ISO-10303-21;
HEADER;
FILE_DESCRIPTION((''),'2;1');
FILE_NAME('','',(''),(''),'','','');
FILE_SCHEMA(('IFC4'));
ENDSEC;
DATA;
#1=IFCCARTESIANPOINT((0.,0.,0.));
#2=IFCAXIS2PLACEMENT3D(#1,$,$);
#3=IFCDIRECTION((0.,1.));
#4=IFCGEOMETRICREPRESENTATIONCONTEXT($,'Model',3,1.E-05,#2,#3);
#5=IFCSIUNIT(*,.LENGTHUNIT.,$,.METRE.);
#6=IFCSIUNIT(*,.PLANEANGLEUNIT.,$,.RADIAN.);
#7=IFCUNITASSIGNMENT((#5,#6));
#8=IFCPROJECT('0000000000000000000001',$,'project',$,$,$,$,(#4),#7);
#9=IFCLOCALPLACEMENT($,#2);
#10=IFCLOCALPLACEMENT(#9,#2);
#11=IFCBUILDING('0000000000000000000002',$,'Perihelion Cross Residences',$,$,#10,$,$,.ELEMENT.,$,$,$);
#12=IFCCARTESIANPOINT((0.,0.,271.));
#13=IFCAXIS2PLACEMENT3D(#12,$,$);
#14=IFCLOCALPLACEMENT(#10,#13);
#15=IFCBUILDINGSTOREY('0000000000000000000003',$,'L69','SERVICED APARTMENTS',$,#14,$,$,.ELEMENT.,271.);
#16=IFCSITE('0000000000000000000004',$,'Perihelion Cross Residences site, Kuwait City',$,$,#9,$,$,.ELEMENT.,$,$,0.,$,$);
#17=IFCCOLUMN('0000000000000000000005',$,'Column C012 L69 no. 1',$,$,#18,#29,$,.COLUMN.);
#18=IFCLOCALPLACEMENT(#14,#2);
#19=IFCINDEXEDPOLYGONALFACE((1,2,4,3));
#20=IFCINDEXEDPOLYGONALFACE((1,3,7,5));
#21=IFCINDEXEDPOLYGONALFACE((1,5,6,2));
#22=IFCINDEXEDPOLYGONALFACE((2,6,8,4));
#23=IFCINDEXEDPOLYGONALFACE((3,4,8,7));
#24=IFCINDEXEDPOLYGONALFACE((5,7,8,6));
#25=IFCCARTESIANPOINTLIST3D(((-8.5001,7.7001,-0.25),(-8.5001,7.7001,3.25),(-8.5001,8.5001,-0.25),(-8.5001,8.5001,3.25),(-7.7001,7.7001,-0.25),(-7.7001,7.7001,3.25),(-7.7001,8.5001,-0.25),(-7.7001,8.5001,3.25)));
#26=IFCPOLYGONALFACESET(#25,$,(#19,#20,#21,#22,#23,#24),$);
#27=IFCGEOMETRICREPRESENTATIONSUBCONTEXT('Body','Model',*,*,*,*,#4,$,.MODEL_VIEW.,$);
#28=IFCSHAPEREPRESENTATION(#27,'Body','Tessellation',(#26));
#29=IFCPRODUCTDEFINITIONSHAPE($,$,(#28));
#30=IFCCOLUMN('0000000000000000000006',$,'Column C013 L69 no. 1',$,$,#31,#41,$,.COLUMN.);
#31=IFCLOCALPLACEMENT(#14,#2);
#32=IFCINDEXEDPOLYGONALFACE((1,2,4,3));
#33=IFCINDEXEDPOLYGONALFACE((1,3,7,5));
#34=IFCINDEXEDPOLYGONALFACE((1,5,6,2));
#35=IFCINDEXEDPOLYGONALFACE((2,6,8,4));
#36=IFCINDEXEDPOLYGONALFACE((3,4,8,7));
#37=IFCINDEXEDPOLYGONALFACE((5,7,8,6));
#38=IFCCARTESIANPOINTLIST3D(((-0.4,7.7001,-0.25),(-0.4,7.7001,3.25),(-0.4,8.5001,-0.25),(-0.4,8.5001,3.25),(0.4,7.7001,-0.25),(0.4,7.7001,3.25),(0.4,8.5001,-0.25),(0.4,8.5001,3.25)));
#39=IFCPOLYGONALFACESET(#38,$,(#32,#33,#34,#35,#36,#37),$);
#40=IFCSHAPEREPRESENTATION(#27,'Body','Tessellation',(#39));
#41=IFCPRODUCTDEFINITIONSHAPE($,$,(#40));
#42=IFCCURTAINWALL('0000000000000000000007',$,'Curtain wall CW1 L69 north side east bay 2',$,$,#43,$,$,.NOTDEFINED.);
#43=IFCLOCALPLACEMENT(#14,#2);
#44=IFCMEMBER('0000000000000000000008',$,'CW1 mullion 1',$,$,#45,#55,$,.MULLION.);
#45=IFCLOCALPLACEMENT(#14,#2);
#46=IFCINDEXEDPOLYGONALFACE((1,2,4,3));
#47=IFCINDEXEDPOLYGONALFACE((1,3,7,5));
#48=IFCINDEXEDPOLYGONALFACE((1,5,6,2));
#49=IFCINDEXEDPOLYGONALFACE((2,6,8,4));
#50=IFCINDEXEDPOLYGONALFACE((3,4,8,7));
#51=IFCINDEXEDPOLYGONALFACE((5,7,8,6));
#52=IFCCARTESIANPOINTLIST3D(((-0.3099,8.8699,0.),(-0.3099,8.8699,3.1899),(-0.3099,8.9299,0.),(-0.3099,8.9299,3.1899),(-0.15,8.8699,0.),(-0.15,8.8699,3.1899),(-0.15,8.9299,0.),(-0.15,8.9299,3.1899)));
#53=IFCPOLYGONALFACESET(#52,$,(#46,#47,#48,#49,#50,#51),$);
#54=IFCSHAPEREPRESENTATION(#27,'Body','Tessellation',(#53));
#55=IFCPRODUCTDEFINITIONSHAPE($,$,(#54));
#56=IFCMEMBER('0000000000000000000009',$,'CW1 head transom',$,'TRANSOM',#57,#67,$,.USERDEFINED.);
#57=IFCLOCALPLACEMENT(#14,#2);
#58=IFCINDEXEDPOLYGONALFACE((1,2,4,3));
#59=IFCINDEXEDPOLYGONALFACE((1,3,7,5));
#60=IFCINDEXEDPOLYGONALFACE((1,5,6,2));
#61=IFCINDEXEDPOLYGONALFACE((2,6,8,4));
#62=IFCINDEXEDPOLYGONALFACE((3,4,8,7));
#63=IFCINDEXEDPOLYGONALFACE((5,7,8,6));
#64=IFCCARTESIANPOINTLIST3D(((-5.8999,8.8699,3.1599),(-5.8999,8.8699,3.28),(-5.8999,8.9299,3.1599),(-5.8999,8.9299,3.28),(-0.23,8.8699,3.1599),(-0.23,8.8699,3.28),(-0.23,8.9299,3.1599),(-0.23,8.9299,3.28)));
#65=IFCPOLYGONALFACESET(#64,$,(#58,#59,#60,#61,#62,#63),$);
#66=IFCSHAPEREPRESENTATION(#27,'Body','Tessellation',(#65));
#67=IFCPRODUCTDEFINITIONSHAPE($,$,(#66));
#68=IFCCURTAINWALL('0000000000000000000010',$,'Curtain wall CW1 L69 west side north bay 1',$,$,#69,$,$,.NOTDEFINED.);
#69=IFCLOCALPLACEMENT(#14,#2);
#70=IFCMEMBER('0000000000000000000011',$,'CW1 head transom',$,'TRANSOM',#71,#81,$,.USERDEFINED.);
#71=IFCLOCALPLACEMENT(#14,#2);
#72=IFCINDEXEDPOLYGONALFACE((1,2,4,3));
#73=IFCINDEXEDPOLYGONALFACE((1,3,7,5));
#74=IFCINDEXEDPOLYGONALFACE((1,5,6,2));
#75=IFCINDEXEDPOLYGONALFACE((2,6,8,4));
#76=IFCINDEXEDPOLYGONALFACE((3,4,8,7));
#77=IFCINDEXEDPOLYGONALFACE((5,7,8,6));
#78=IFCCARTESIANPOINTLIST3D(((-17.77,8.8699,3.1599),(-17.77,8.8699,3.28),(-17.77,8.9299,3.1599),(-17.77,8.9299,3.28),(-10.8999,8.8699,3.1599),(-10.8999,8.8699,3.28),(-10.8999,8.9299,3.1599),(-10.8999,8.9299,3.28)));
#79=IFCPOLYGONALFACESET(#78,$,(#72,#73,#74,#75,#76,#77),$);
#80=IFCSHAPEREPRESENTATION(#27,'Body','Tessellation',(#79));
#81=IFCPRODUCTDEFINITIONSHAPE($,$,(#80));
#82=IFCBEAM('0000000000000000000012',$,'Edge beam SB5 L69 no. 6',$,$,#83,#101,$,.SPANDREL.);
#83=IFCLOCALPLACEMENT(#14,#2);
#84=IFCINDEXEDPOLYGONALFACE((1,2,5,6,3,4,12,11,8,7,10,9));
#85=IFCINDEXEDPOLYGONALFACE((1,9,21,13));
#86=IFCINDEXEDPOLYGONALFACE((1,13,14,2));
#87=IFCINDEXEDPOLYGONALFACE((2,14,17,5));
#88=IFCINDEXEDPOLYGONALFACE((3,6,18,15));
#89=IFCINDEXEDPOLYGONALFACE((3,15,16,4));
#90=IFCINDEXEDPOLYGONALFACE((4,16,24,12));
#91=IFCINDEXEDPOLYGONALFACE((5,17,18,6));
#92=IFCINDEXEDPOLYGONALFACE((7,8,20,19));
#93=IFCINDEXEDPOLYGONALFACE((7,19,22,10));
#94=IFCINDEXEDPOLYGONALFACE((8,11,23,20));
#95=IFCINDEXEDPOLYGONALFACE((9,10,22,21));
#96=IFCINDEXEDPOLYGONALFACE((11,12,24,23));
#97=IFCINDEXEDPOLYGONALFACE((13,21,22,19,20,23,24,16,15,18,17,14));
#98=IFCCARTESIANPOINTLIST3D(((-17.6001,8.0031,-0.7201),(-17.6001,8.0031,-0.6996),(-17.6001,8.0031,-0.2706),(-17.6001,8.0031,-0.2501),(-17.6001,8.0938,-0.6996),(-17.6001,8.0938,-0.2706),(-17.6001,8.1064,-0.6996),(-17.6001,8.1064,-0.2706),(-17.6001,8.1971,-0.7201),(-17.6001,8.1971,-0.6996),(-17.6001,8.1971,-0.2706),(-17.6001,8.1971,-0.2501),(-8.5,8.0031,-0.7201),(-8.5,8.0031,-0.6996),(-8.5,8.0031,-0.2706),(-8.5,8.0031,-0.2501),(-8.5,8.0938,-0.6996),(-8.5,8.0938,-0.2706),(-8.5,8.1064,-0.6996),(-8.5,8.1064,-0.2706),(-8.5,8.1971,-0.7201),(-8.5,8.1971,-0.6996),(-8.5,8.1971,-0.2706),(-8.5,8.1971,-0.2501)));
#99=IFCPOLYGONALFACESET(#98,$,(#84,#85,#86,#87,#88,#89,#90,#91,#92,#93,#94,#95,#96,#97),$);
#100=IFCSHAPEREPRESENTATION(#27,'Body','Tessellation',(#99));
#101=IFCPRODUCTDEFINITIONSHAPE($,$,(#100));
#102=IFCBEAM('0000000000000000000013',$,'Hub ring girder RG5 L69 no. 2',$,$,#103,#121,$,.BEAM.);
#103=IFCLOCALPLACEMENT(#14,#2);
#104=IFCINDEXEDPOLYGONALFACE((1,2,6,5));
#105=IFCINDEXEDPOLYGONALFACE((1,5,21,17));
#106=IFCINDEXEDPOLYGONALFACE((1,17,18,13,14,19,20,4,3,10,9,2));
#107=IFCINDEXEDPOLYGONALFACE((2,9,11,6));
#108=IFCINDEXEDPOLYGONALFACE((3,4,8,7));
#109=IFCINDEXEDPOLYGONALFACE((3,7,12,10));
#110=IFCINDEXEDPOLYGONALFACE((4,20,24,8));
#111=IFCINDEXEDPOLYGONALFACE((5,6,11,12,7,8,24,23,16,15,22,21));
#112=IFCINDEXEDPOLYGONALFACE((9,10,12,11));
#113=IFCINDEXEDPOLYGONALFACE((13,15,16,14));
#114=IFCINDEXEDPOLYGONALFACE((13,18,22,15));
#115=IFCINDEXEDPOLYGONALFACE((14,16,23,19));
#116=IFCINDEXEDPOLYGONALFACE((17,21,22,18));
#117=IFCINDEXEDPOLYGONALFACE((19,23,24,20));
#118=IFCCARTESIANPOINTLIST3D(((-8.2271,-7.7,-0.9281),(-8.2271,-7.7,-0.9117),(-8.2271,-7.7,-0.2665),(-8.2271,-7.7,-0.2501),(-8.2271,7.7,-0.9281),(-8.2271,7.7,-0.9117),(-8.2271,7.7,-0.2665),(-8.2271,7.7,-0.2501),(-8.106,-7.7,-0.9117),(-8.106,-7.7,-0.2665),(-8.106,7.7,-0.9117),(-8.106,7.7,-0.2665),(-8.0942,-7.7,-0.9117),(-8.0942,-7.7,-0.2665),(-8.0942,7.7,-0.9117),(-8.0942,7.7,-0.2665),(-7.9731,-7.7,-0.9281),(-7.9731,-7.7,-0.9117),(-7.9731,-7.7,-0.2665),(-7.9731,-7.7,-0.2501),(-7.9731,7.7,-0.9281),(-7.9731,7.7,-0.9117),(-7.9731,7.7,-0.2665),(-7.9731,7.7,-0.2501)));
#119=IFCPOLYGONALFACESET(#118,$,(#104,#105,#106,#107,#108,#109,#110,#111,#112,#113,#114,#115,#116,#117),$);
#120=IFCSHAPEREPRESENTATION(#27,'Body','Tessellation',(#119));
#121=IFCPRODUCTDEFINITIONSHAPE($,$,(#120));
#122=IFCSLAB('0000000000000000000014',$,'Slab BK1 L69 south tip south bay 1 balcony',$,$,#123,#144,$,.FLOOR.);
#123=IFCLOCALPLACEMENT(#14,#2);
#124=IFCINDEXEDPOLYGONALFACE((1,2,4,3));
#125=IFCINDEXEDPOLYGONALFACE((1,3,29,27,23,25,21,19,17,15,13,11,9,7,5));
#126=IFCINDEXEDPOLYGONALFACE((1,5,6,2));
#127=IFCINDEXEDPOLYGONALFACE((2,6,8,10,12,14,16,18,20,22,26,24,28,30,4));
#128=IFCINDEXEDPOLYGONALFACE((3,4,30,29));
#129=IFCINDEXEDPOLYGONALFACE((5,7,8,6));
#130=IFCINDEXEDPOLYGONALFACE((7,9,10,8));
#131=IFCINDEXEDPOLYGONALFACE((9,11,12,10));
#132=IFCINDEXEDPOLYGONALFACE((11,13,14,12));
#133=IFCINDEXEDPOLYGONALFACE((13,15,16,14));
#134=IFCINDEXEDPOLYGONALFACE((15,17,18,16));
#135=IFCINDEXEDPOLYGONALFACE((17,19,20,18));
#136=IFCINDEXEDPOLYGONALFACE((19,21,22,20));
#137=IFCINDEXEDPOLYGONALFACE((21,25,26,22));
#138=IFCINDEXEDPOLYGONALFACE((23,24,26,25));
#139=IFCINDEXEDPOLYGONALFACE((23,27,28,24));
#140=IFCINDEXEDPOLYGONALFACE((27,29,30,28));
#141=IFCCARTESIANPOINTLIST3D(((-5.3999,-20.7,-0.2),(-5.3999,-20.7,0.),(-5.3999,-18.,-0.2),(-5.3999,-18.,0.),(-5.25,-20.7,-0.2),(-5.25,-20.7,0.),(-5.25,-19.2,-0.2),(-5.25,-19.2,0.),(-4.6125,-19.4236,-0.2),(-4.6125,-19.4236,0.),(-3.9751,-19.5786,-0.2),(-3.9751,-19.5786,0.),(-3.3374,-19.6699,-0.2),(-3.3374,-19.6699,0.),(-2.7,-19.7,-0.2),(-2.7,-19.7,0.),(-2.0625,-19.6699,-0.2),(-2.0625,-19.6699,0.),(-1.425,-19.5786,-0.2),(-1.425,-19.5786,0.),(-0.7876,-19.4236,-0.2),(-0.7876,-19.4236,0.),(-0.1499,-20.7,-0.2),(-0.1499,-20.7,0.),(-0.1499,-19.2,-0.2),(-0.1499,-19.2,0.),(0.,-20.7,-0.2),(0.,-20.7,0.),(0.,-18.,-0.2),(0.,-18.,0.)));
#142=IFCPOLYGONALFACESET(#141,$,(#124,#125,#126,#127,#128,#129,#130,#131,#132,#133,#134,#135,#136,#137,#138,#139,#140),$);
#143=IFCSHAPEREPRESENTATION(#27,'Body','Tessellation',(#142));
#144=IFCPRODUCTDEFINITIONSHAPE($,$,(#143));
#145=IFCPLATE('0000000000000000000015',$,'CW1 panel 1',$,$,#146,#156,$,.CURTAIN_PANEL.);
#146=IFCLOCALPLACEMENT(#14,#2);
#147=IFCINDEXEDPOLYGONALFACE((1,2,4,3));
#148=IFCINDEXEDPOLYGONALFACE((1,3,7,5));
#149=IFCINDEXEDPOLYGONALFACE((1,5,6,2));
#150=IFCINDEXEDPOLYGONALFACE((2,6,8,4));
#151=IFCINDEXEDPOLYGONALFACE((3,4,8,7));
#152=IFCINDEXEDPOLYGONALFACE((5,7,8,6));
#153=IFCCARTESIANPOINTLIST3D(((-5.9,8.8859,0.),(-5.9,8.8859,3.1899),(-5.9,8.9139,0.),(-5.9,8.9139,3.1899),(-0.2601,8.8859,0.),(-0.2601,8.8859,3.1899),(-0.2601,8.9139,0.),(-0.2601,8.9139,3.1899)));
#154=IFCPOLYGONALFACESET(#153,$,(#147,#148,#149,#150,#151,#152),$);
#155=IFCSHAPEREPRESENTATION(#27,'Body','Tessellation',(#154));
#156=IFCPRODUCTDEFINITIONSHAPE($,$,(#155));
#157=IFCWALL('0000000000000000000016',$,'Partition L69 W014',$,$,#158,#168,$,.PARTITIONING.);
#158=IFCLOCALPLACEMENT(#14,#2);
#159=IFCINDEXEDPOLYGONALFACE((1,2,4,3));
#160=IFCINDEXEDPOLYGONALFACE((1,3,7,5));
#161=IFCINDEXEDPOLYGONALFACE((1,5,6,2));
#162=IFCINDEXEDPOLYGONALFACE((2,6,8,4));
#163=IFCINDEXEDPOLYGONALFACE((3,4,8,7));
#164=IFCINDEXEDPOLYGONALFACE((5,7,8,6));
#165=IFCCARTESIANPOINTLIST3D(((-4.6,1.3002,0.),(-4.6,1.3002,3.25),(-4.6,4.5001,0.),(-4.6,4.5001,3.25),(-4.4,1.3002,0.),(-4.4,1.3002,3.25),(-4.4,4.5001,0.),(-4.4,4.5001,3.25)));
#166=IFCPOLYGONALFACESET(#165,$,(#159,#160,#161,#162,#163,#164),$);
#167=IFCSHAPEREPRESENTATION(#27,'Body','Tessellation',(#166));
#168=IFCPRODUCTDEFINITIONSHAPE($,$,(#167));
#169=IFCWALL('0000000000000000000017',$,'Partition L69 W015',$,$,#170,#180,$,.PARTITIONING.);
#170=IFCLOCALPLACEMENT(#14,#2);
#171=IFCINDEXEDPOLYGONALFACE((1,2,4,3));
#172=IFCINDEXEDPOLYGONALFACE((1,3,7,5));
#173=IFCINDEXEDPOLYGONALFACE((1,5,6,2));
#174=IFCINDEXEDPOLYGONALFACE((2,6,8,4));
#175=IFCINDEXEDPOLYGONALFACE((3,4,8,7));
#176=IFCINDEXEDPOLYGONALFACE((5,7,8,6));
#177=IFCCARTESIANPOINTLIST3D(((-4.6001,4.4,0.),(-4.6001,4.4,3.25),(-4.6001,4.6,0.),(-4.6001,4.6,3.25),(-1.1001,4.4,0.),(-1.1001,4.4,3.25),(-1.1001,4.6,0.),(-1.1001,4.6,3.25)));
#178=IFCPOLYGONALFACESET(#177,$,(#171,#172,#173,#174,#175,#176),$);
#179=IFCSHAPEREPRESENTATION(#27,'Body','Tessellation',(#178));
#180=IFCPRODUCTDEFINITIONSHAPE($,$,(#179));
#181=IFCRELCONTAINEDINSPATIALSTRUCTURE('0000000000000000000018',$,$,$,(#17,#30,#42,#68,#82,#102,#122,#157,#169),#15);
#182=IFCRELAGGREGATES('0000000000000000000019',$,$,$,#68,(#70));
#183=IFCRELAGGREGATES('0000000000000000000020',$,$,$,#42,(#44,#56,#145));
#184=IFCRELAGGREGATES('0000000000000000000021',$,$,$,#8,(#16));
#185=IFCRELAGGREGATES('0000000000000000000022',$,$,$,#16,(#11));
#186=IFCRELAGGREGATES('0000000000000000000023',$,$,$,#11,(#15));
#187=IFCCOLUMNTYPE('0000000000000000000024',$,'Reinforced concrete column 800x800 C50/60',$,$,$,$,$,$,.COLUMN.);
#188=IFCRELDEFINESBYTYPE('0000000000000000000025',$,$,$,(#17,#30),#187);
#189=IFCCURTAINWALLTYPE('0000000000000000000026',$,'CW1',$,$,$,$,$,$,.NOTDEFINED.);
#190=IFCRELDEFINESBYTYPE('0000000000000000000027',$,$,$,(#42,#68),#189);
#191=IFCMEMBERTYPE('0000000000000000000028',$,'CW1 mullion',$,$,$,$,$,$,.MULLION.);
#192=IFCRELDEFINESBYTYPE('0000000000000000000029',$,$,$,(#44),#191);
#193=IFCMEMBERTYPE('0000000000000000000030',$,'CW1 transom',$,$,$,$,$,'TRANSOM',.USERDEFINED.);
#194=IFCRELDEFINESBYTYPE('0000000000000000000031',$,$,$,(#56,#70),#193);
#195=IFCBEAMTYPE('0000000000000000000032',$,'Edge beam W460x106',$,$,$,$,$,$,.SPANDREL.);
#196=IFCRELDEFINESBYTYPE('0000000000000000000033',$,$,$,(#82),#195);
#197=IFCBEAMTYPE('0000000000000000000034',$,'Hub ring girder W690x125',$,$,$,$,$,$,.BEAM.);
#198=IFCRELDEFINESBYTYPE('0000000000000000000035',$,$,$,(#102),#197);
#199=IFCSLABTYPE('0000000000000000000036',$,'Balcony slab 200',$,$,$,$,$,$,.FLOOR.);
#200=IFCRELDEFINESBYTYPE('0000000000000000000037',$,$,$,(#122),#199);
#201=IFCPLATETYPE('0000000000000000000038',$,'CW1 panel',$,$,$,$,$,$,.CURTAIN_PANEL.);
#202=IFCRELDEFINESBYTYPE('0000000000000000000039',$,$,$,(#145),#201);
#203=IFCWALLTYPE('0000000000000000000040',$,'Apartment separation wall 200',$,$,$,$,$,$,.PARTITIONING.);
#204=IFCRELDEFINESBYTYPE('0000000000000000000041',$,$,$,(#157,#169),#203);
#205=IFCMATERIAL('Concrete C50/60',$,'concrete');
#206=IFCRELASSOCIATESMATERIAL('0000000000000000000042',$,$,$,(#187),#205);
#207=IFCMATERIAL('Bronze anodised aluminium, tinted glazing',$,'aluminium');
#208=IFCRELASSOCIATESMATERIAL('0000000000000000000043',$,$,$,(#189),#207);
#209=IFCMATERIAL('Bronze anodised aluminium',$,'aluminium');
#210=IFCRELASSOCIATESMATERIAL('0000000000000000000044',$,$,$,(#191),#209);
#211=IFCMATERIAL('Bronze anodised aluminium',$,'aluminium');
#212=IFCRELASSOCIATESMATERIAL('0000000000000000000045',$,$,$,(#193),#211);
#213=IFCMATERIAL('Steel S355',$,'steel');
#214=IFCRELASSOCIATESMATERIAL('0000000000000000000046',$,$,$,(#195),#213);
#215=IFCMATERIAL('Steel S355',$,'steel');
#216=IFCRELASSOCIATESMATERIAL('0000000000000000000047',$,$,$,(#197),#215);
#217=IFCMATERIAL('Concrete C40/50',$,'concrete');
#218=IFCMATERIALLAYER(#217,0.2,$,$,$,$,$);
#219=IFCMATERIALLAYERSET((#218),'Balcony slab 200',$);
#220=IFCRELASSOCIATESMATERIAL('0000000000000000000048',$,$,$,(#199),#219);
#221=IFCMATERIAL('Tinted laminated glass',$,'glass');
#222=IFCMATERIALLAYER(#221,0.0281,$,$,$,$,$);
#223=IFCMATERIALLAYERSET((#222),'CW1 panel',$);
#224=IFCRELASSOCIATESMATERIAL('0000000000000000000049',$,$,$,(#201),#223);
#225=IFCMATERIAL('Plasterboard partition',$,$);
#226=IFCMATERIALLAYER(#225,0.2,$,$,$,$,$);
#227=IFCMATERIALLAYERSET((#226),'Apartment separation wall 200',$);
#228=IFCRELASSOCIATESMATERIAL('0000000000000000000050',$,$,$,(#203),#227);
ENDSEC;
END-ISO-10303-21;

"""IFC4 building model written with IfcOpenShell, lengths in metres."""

from ifc_helpers import new_model, si_unit, direction, frame, frame_2d, origin, origin_2d, place, context, subcontext, project, spatial, polyline, rectangle, i_section, outline, extrude, material, layer, layer_set, material_profile, profile_set, type_object, element, aggregate, save


model = new_model("IFC4")

# Units and contexts
model_context = context("Model", 3, precision=1e-05, world=origin(), true_north=direction((0.0, 1.0)))
body_context = subcontext(model_context, "Body", "Model", "MODEL_VIEW")
ifc_project = project(units=[si_unit("LENGTHUNIT", "METRE"), si_unit("PLANEANGLEUNIT", "RADIAN")], contexts=[model_context])

# Site, building, storey
site_placement = place(None, origin())
site = spatial("IfcSite", under=ifc_project, at=site_placement, Name="Perihelion Cross Residences site, Kuwait City", CompositionType="ELEMENT", RefElevation=0.0)
building_placement = place(site_placement, origin())
building = spatial("IfcBuilding", under=site, at=building_placement, Name="Perihelion Cross Residences", CompositionType="ELEMENT")
storey_placement = place(building_placement, frame((0.0, 0.0, 271.0)))
storey = spatial("IfcBuildingStorey", under=building, at=storey_placement, Name="L69", Description="SERVICED APARTMENTS", CompositionType="ELEMENT", Elevation=271.0)

# Columns
ifc_material_1 = material(Name="Concrete C50/60", Category="concrete")
ifc_material_profile_1 = material_profile(ifc_material_1, rectangle(XDim=0.8, YDim=0.8, at=origin_2d()), Name="RC 800x800")
ifc_profile_set_1 = profile_set([ifc_material_profile_1], Name="Concrete C50/60")
column_type = type_object("IfcColumnType", Name="Reinforced concrete column 800x800 C50/60", PredefinedType="COLUMN", material=ifc_profile_set_1)
for number, where, z_axis, x_axis, name in (
    (1, (-8.1001, 8.1001, -0.25), (0.0, 0.0, 1.0), (1.0, 0.0, 0.0), "Column C012 L69 no. 1"),
    (2, (0.0, 8.1001, -0.25), (0.0, 0.0, 1.0), (1.0, 0.0, 0.0), "Column C013 L69 no. 1"),
):
    element("IfcColumn", number, at=place(storey_placement, frame(where, z_axis=z_axis, x_axis=x_axis)), inside=storey, type_object=column_type, Name=name, PredefinedType="COLUMN", context=body_context, shape_type="SweptSolid", body=[
        extrude(rectangle(XDim=0.8, YDim=0.8, at=origin_2d()), origin(), (0.0, 0.0, 1.0), 3.5),
    ])

# Curtain wall, members
ifc_material_2 = material(Name="Bronze anodised aluminium, tinted glazing", Category="aluminium")
curtain_wall_type = type_object("IfcCurtainWallType", Name="CW1", PredefinedType="NOTDEFINED", material=ifc_material_2)
curtain_wall_1_placement = place(storey_placement, origin())
curtain_wall_1 = element("IfcCurtainWall", 3, at=curtain_wall_1_placement, inside=storey, type_object=curtain_wall_type, Name="Curtain wall CW1 L69 north side east bay 2", PredefinedType="NOTDEFINED")
ifc_material_3 = material(Name="Bronze anodised aluminium", Category="aluminium")
ifc_material_profile_2 = material_profile(ifc_material_3, rectangle(XDim=0.0601, YDim=0.1599, at=origin_2d()), Name="CW1 mullion")
ifc_profile_set_2 = profile_set([ifc_material_profile_2], Name="Bronze anodised aluminium")
member_type_1 = type_object("IfcMemberType", Name="CW1 mullion", PredefinedType="MULLION", material=ifc_profile_set_2)
member_1_placement = place(storey_placement, frame((-0.23, 8.8999, 0.0), z_axis=(0.0, 0.0, 1.0), x_axis=(0.0, -1.0, 0.0)))
member_1 = element("IfcMember", 4, at=member_1_placement, type_object=member_type_1, Name="CW1 mullion 1", PredefinedType="MULLION", context=body_context, shape_type="SweptSolid", body=[
    extrude(rectangle(XDim=0.0601, YDim=0.1599, at=origin_2d()), origin(), (0.0, 0.0, 1.0), 3.1899),
])
ifc_material_4 = material(Name="Bronze anodised aluminium", Category="aluminium")
ifc_material_profile_3 = material_profile(ifc_material_4, rectangle(XDim=0.0601, YDim=0.1201, at=origin_2d()), Name="CW1 transom")
ifc_profile_set_3 = profile_set([ifc_material_profile_3], Name="Bronze anodised aluminium")
member_type_2 = type_object("IfcMemberType", Name="CW1 transom", ElementType="TRANSOM", PredefinedType="USERDEFINED", material=ifc_profile_set_3)
member_2_placement = place(storey_placement, frame((-0.23, 8.8999, 3.22), z_axis=(-1.0, 0.0, 0.0), x_axis=(0.0, -1.0, 0.0)))
member_2 = element("IfcMember", 5, at=member_2_placement, type_object=member_type_2, Name="CW1 head transom", ObjectType="TRANSOM", PredefinedType="USERDEFINED", context=body_context, shape_type="SweptSolid", body=[
    extrude(rectangle(XDim=0.0601, YDim=0.1201, at=origin_2d()), origin(), (0.0, 0.0, 1.0), 5.6699),
])

# Curtain wall, member
curtain_wall_2_placement = place(storey_placement, origin())
curtain_wall_2 = element("IfcCurtainWall", 6, at=curtain_wall_2_placement, inside=storey, type_object=curtain_wall_type, Name="Curtain wall CW1 L69 west side north bay 1", PredefinedType="NOTDEFINED")
member_3_placement = place(storey_placement, frame((-10.8999, 8.8999, 3.22), z_axis=(-1.0, 0.0, 0.0), x_axis=(0.0, -1.0, 0.0)))
member_3 = element("IfcMember", 7, at=member_3_placement, type_object=member_type_2, Name="CW1 head transom", ObjectType="TRANSOM", PredefinedType="USERDEFINED", context=body_context, shape_type="SweptSolid", body=[
    extrude(rectangle(XDim=0.0601, YDim=0.1201, at=origin_2d()), origin(), (0.0, 0.0, 1.0), 6.8701),
])
aggregate(curtain_wall_2, [member_3])

# Beams
ifc_material_5 = material(Name="Steel S355", Category="steel")
ifc_material_profile_4 = material_profile(ifc_material_5, i_section(OverallWidth=0.1941, OverallDepth=0.47, WebThickness=0.0127, FlangeThickness=0.0205, at=origin_2d()), Name="W460x106")
ifc_profile_set_4 = profile_set([ifc_material_profile_4], Name="Steel S355")
beam_type_1 = type_object("IfcBeamType", Name="Edge beam W460x106", PredefinedType="SPANDREL", material=ifc_profile_set_4)
beam_1_placement = place(storey_placement, frame((-8.5, 8.1001, -0.4851), z_axis=(-1.0, 0.0, 0.0), x_axis=(0.0, -1.0, 0.0)))
element("IfcBeam", 8, at=beam_1_placement, inside=storey, type_object=beam_type_1, Name="Edge beam SB5 L69 no. 6", PredefinedType="SPANDREL", context=body_context, shape_type="SweptSolid", body=[
    extrude(i_section(OverallWidth=0.1941, OverallDepth=0.47, WebThickness=0.0127, FlangeThickness=0.0205, at=origin_2d()), origin(), (0.0, 0.0, 1.0), 9.1001),
])
ifc_material_6 = material(Name="Steel S355", Category="steel")
ifc_material_profile_5 = material_profile(ifc_material_6, i_section(OverallWidth=0.2539, OverallDepth=0.678, WebThickness=0.0117, FlangeThickness=0.0164, at=origin_2d()), Name="W690x125")
ifc_profile_set_5 = profile_set([ifc_material_profile_5], Name="Steel S355")
beam_type_2 = type_object("IfcBeamType", Name="Hub ring girder W690x125", PredefinedType="BEAM", material=ifc_profile_set_5)
beam_2_placement = place(storey_placement, frame((-8.1001, 7.7, -0.5891), z_axis=(0.0, -1.0, 0.0), x_axis=(1.0, 0.0, 0.0)))
element("IfcBeam", 9, at=beam_2_placement, inside=storey, type_object=beam_type_2, Name="Hub ring girder RG5 L69 no. 2", PredefinedType="BEAM", context=body_context, shape_type="SweptSolid", body=[
    extrude(i_section(OverallWidth=0.2539, OverallDepth=0.678, WebThickness=0.0117, FlangeThickness=0.0164, at=origin_2d()), origin(), (0.0, 0.0, 1.0), 15.3999),
])

# Slab
ifc_material_7 = material(Name="Concrete C40/50", Category="concrete")
ifc_layer_1 = layer(ifc_material_7, 0.2)
ifc_layer_set_1 = layer_set([ifc_layer_1], Name="Balcony slab 200")
slab_type = type_object("IfcSlabType", Name="Balcony slab 200", PredefinedType="FLOOR", material=ifc_layer_set_1)
slab_placement = place(storey_placement, frame((0.0, 0.0, -0.2)))
element("IfcSlab", 10, at=slab_placement, inside=storey, type_object=slab_type, Name="Slab BK1 L69 south tip south bay 1 balcony", PredefinedType="FLOOR", context=body_context, shape_type="SweptSolid", body=[
    extrude(outline(polyline([(-5.3999, -18.0), (0.0, -18.0), (0.0, -20.7), (-0.1499, -20.7), (-0.1499, -19.2), (-0.7876, -19.4236), (-1.425, -19.5786), (-2.0625, -19.6699), (-2.7, -19.7), (-3.3374, -19.6699), (-3.9751, -19.5786), (-4.6125, -19.4236), (-5.25, -19.2), (-5.25, -20.7), (-5.3999, -20.7), (-5.3999, -18.0)])), origin(), (0.0, 0.0, 1.0), 0.2),
])

# Plate
ifc_material_8 = material(Name="Tinted laminated glass", Category="glass")
ifc_layer_2 = layer(ifc_material_8, 0.0281)
ifc_layer_set_2 = layer_set([ifc_layer_2], Name="CW1 panel")
plate_type = type_object("IfcPlateType", Name="CW1 panel", PredefinedType="CURTAIN_PANEL", material=ifc_layer_set_2)
plate_placement = place(storey_placement, frame((-3.0801, 8.8999, 0.0), z_axis=(0.0, 0.0, 1.0), x_axis=(-1.0, 0.0, 0.0)))
plate = element("IfcPlate", 11, at=plate_placement, type_object=plate_type, Name="CW1 panel 1", PredefinedType="CURTAIN_PANEL", context=body_context, shape_type="SweptSolid", body=[
    extrude(rectangle(XDim=5.6399, YDim=0.0281, at=origin_2d()), origin(), (0.0, 0.0, 1.0), 3.1899),
])
aggregate(curtain_wall_1, [member_1, member_2, plate])

# Walls
ifc_material_9 = material(Name="Plasterboard partition")
ifc_layer_3 = layer(ifc_material_9, 0.2)
ifc_layer_set_3 = layer_set([ifc_layer_3], Name="Apartment separation wall 200")
wall_type_1 = type_object("IfcWallType", Name="Apartment separation wall 200", PredefinedType="PARTITIONING", material=ifc_layer_set_3)
wall_1_placement = place(storey_placement, frame((-4.5, 1.3, 0.0), z_axis=(0.0, 0.0, 1.0), x_axis=(0.0, 1.0, 0.0)))
element("IfcWall", 12, at=wall_1_placement, inside=storey, type_object=wall_type_1, Name="Partition L69 W014", PredefinedType="PARTITIONING", context=body_context, shape_type="SweptSolid", body=[
    extrude(rectangle(XDim=3.2, YDim=0.2, at=frame_2d((1.6001, 0.0))), origin(), (0.0, 0.0, 1.0), 3.25),
])
wall_2_placement = place(storey_placement, frame((-4.6001, 4.5, 0.0), z_axis=(0.0, 0.0, 1.0), x_axis=(1.0, 0.0, 0.0)))
element("IfcWall", 13, at=wall_2_placement, inside=storey, type_object=wall_type_1, Name="Partition L69 W015", PredefinedType="PARTITIONING", context=body_context, shape_type="SweptSolid", body=[
    extrude(rectangle(XDim=3.5, YDim=0.2, at=frame_2d((1.75, 0.0))), origin(), (0.0, 0.0, 1.0), 3.25),
])

save(model, "model.ifc")
